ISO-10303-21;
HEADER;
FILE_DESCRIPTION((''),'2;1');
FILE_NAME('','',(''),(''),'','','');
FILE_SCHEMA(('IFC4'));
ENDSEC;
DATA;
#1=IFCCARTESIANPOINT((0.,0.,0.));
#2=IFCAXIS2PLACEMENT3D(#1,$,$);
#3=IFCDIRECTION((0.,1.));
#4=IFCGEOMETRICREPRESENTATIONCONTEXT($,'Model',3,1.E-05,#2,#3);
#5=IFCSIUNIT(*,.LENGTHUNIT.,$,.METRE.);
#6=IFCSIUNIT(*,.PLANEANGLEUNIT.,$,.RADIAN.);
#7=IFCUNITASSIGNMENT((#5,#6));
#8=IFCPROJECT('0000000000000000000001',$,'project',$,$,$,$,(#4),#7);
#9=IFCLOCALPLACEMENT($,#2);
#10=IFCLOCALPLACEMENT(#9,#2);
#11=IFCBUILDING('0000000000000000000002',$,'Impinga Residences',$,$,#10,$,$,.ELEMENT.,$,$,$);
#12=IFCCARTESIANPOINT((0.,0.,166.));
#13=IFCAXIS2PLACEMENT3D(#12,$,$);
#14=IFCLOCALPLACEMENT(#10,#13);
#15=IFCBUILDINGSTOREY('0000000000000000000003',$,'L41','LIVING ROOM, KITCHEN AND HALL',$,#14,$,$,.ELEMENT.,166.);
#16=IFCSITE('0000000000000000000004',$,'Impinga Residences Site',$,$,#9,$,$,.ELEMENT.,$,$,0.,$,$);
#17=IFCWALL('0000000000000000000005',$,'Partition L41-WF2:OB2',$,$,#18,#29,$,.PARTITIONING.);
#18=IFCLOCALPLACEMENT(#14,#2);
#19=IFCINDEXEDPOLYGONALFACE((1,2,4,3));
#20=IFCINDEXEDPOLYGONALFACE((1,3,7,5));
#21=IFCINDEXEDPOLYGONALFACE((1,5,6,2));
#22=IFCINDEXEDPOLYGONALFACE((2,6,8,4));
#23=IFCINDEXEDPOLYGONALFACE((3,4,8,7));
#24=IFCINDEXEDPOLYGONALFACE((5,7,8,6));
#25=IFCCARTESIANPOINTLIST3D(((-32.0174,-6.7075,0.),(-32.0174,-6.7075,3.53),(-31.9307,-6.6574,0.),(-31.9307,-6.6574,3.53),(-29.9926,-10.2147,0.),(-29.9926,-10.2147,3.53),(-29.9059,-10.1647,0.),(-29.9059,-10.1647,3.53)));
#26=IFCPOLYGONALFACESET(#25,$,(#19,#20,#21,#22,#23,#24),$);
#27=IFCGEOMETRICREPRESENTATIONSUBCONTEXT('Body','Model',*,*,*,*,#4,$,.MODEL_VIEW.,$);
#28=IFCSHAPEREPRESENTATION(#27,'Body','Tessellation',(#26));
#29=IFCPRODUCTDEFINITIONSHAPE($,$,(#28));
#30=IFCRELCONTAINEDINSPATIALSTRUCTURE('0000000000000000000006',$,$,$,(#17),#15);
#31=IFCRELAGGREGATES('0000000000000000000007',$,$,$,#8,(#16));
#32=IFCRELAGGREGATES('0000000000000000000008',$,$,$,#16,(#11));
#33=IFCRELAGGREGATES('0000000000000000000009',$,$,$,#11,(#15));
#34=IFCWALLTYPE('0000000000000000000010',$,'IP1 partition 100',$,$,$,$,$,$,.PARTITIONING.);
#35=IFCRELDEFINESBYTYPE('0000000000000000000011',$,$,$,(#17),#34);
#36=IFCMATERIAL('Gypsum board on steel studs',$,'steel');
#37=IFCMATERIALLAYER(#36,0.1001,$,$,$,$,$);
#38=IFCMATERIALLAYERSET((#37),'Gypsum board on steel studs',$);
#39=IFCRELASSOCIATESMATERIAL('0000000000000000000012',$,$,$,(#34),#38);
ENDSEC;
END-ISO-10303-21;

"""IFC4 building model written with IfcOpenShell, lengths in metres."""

from ifc_helpers import new_model, si_unit, direction, frame, frame_2d, origin, place, context, subcontext, project, spatial, rectangle, extrude, material, layer, layer_set, type_object, element, save


model = new_model("IFC4")

# Units and contexts
model_context = context("Model", 3, precision=1e-05, world=origin(), true_north=direction((0.0, 1.0)))
body_context = subcontext(model_context, "Body", "Model", "MODEL_VIEW")
ifc_project = project(units=[si_unit("LENGTHUNIT", "METRE"), si_unit("PLANEANGLEUNIT", "RADIAN")], contexts=[model_context])

# Site, building, storey
site_placement = place(None, origin())
site = spatial("IfcSite", under=ifc_project, at=site_placement, Name="Impinga Residences Site", CompositionType="ELEMENT", RefElevation=0.0)
building_placement = place(site_placement, origin())
building = spatial("IfcBuilding", under=site, at=building_placement, Name="Impinga Residences", CompositionType="ELEMENT")
storey_placement = place(building_placement, frame((0.0, 0.0, 166.0)))
storey = spatial("IfcBuildingStorey", under=building, at=storey_placement, Name="L41", Description="LIVING ROOM, KITCHEN AND HALL", CompositionType="ELEMENT", Elevation=166.0)

# Wall
ifc_material_1 = material(Name="Gypsum board on steel studs", Category="steel")
ifc_layer_1 = layer(ifc_material_1, 0.1001)
ifc_layer_set_1 = layer_set([ifc_layer_1], Name="Gypsum board on steel studs")
wall_type_1 = type_object("IfcWallType", Name="IP1 partition 100", PredefinedType="PARTITIONING", material=ifc_layer_set_1)
wall_1_placement = place(storey_placement, frame((-29.9492, -10.1897, 0.0), z_axis=(0.0, 0.0, 1.0), x_axis=(-0.49999, 0.866031, 0.0)))
element("IfcWall", 1, at=wall_1_placement, inside=storey, type_object=wall_type_1, Name="Partition L41-WF2:OB2", PredefinedType="PARTITIONING", context=body_context, shape_type="SweptSolid", body=[
    extrude(rectangle(XDim=4.0498, YDim=0.1001, at=frame_2d((2.0249, 0.0))), origin(), (0.0, 0.0, 1.0), 3.53),
])

save(model, "model.ifc")
